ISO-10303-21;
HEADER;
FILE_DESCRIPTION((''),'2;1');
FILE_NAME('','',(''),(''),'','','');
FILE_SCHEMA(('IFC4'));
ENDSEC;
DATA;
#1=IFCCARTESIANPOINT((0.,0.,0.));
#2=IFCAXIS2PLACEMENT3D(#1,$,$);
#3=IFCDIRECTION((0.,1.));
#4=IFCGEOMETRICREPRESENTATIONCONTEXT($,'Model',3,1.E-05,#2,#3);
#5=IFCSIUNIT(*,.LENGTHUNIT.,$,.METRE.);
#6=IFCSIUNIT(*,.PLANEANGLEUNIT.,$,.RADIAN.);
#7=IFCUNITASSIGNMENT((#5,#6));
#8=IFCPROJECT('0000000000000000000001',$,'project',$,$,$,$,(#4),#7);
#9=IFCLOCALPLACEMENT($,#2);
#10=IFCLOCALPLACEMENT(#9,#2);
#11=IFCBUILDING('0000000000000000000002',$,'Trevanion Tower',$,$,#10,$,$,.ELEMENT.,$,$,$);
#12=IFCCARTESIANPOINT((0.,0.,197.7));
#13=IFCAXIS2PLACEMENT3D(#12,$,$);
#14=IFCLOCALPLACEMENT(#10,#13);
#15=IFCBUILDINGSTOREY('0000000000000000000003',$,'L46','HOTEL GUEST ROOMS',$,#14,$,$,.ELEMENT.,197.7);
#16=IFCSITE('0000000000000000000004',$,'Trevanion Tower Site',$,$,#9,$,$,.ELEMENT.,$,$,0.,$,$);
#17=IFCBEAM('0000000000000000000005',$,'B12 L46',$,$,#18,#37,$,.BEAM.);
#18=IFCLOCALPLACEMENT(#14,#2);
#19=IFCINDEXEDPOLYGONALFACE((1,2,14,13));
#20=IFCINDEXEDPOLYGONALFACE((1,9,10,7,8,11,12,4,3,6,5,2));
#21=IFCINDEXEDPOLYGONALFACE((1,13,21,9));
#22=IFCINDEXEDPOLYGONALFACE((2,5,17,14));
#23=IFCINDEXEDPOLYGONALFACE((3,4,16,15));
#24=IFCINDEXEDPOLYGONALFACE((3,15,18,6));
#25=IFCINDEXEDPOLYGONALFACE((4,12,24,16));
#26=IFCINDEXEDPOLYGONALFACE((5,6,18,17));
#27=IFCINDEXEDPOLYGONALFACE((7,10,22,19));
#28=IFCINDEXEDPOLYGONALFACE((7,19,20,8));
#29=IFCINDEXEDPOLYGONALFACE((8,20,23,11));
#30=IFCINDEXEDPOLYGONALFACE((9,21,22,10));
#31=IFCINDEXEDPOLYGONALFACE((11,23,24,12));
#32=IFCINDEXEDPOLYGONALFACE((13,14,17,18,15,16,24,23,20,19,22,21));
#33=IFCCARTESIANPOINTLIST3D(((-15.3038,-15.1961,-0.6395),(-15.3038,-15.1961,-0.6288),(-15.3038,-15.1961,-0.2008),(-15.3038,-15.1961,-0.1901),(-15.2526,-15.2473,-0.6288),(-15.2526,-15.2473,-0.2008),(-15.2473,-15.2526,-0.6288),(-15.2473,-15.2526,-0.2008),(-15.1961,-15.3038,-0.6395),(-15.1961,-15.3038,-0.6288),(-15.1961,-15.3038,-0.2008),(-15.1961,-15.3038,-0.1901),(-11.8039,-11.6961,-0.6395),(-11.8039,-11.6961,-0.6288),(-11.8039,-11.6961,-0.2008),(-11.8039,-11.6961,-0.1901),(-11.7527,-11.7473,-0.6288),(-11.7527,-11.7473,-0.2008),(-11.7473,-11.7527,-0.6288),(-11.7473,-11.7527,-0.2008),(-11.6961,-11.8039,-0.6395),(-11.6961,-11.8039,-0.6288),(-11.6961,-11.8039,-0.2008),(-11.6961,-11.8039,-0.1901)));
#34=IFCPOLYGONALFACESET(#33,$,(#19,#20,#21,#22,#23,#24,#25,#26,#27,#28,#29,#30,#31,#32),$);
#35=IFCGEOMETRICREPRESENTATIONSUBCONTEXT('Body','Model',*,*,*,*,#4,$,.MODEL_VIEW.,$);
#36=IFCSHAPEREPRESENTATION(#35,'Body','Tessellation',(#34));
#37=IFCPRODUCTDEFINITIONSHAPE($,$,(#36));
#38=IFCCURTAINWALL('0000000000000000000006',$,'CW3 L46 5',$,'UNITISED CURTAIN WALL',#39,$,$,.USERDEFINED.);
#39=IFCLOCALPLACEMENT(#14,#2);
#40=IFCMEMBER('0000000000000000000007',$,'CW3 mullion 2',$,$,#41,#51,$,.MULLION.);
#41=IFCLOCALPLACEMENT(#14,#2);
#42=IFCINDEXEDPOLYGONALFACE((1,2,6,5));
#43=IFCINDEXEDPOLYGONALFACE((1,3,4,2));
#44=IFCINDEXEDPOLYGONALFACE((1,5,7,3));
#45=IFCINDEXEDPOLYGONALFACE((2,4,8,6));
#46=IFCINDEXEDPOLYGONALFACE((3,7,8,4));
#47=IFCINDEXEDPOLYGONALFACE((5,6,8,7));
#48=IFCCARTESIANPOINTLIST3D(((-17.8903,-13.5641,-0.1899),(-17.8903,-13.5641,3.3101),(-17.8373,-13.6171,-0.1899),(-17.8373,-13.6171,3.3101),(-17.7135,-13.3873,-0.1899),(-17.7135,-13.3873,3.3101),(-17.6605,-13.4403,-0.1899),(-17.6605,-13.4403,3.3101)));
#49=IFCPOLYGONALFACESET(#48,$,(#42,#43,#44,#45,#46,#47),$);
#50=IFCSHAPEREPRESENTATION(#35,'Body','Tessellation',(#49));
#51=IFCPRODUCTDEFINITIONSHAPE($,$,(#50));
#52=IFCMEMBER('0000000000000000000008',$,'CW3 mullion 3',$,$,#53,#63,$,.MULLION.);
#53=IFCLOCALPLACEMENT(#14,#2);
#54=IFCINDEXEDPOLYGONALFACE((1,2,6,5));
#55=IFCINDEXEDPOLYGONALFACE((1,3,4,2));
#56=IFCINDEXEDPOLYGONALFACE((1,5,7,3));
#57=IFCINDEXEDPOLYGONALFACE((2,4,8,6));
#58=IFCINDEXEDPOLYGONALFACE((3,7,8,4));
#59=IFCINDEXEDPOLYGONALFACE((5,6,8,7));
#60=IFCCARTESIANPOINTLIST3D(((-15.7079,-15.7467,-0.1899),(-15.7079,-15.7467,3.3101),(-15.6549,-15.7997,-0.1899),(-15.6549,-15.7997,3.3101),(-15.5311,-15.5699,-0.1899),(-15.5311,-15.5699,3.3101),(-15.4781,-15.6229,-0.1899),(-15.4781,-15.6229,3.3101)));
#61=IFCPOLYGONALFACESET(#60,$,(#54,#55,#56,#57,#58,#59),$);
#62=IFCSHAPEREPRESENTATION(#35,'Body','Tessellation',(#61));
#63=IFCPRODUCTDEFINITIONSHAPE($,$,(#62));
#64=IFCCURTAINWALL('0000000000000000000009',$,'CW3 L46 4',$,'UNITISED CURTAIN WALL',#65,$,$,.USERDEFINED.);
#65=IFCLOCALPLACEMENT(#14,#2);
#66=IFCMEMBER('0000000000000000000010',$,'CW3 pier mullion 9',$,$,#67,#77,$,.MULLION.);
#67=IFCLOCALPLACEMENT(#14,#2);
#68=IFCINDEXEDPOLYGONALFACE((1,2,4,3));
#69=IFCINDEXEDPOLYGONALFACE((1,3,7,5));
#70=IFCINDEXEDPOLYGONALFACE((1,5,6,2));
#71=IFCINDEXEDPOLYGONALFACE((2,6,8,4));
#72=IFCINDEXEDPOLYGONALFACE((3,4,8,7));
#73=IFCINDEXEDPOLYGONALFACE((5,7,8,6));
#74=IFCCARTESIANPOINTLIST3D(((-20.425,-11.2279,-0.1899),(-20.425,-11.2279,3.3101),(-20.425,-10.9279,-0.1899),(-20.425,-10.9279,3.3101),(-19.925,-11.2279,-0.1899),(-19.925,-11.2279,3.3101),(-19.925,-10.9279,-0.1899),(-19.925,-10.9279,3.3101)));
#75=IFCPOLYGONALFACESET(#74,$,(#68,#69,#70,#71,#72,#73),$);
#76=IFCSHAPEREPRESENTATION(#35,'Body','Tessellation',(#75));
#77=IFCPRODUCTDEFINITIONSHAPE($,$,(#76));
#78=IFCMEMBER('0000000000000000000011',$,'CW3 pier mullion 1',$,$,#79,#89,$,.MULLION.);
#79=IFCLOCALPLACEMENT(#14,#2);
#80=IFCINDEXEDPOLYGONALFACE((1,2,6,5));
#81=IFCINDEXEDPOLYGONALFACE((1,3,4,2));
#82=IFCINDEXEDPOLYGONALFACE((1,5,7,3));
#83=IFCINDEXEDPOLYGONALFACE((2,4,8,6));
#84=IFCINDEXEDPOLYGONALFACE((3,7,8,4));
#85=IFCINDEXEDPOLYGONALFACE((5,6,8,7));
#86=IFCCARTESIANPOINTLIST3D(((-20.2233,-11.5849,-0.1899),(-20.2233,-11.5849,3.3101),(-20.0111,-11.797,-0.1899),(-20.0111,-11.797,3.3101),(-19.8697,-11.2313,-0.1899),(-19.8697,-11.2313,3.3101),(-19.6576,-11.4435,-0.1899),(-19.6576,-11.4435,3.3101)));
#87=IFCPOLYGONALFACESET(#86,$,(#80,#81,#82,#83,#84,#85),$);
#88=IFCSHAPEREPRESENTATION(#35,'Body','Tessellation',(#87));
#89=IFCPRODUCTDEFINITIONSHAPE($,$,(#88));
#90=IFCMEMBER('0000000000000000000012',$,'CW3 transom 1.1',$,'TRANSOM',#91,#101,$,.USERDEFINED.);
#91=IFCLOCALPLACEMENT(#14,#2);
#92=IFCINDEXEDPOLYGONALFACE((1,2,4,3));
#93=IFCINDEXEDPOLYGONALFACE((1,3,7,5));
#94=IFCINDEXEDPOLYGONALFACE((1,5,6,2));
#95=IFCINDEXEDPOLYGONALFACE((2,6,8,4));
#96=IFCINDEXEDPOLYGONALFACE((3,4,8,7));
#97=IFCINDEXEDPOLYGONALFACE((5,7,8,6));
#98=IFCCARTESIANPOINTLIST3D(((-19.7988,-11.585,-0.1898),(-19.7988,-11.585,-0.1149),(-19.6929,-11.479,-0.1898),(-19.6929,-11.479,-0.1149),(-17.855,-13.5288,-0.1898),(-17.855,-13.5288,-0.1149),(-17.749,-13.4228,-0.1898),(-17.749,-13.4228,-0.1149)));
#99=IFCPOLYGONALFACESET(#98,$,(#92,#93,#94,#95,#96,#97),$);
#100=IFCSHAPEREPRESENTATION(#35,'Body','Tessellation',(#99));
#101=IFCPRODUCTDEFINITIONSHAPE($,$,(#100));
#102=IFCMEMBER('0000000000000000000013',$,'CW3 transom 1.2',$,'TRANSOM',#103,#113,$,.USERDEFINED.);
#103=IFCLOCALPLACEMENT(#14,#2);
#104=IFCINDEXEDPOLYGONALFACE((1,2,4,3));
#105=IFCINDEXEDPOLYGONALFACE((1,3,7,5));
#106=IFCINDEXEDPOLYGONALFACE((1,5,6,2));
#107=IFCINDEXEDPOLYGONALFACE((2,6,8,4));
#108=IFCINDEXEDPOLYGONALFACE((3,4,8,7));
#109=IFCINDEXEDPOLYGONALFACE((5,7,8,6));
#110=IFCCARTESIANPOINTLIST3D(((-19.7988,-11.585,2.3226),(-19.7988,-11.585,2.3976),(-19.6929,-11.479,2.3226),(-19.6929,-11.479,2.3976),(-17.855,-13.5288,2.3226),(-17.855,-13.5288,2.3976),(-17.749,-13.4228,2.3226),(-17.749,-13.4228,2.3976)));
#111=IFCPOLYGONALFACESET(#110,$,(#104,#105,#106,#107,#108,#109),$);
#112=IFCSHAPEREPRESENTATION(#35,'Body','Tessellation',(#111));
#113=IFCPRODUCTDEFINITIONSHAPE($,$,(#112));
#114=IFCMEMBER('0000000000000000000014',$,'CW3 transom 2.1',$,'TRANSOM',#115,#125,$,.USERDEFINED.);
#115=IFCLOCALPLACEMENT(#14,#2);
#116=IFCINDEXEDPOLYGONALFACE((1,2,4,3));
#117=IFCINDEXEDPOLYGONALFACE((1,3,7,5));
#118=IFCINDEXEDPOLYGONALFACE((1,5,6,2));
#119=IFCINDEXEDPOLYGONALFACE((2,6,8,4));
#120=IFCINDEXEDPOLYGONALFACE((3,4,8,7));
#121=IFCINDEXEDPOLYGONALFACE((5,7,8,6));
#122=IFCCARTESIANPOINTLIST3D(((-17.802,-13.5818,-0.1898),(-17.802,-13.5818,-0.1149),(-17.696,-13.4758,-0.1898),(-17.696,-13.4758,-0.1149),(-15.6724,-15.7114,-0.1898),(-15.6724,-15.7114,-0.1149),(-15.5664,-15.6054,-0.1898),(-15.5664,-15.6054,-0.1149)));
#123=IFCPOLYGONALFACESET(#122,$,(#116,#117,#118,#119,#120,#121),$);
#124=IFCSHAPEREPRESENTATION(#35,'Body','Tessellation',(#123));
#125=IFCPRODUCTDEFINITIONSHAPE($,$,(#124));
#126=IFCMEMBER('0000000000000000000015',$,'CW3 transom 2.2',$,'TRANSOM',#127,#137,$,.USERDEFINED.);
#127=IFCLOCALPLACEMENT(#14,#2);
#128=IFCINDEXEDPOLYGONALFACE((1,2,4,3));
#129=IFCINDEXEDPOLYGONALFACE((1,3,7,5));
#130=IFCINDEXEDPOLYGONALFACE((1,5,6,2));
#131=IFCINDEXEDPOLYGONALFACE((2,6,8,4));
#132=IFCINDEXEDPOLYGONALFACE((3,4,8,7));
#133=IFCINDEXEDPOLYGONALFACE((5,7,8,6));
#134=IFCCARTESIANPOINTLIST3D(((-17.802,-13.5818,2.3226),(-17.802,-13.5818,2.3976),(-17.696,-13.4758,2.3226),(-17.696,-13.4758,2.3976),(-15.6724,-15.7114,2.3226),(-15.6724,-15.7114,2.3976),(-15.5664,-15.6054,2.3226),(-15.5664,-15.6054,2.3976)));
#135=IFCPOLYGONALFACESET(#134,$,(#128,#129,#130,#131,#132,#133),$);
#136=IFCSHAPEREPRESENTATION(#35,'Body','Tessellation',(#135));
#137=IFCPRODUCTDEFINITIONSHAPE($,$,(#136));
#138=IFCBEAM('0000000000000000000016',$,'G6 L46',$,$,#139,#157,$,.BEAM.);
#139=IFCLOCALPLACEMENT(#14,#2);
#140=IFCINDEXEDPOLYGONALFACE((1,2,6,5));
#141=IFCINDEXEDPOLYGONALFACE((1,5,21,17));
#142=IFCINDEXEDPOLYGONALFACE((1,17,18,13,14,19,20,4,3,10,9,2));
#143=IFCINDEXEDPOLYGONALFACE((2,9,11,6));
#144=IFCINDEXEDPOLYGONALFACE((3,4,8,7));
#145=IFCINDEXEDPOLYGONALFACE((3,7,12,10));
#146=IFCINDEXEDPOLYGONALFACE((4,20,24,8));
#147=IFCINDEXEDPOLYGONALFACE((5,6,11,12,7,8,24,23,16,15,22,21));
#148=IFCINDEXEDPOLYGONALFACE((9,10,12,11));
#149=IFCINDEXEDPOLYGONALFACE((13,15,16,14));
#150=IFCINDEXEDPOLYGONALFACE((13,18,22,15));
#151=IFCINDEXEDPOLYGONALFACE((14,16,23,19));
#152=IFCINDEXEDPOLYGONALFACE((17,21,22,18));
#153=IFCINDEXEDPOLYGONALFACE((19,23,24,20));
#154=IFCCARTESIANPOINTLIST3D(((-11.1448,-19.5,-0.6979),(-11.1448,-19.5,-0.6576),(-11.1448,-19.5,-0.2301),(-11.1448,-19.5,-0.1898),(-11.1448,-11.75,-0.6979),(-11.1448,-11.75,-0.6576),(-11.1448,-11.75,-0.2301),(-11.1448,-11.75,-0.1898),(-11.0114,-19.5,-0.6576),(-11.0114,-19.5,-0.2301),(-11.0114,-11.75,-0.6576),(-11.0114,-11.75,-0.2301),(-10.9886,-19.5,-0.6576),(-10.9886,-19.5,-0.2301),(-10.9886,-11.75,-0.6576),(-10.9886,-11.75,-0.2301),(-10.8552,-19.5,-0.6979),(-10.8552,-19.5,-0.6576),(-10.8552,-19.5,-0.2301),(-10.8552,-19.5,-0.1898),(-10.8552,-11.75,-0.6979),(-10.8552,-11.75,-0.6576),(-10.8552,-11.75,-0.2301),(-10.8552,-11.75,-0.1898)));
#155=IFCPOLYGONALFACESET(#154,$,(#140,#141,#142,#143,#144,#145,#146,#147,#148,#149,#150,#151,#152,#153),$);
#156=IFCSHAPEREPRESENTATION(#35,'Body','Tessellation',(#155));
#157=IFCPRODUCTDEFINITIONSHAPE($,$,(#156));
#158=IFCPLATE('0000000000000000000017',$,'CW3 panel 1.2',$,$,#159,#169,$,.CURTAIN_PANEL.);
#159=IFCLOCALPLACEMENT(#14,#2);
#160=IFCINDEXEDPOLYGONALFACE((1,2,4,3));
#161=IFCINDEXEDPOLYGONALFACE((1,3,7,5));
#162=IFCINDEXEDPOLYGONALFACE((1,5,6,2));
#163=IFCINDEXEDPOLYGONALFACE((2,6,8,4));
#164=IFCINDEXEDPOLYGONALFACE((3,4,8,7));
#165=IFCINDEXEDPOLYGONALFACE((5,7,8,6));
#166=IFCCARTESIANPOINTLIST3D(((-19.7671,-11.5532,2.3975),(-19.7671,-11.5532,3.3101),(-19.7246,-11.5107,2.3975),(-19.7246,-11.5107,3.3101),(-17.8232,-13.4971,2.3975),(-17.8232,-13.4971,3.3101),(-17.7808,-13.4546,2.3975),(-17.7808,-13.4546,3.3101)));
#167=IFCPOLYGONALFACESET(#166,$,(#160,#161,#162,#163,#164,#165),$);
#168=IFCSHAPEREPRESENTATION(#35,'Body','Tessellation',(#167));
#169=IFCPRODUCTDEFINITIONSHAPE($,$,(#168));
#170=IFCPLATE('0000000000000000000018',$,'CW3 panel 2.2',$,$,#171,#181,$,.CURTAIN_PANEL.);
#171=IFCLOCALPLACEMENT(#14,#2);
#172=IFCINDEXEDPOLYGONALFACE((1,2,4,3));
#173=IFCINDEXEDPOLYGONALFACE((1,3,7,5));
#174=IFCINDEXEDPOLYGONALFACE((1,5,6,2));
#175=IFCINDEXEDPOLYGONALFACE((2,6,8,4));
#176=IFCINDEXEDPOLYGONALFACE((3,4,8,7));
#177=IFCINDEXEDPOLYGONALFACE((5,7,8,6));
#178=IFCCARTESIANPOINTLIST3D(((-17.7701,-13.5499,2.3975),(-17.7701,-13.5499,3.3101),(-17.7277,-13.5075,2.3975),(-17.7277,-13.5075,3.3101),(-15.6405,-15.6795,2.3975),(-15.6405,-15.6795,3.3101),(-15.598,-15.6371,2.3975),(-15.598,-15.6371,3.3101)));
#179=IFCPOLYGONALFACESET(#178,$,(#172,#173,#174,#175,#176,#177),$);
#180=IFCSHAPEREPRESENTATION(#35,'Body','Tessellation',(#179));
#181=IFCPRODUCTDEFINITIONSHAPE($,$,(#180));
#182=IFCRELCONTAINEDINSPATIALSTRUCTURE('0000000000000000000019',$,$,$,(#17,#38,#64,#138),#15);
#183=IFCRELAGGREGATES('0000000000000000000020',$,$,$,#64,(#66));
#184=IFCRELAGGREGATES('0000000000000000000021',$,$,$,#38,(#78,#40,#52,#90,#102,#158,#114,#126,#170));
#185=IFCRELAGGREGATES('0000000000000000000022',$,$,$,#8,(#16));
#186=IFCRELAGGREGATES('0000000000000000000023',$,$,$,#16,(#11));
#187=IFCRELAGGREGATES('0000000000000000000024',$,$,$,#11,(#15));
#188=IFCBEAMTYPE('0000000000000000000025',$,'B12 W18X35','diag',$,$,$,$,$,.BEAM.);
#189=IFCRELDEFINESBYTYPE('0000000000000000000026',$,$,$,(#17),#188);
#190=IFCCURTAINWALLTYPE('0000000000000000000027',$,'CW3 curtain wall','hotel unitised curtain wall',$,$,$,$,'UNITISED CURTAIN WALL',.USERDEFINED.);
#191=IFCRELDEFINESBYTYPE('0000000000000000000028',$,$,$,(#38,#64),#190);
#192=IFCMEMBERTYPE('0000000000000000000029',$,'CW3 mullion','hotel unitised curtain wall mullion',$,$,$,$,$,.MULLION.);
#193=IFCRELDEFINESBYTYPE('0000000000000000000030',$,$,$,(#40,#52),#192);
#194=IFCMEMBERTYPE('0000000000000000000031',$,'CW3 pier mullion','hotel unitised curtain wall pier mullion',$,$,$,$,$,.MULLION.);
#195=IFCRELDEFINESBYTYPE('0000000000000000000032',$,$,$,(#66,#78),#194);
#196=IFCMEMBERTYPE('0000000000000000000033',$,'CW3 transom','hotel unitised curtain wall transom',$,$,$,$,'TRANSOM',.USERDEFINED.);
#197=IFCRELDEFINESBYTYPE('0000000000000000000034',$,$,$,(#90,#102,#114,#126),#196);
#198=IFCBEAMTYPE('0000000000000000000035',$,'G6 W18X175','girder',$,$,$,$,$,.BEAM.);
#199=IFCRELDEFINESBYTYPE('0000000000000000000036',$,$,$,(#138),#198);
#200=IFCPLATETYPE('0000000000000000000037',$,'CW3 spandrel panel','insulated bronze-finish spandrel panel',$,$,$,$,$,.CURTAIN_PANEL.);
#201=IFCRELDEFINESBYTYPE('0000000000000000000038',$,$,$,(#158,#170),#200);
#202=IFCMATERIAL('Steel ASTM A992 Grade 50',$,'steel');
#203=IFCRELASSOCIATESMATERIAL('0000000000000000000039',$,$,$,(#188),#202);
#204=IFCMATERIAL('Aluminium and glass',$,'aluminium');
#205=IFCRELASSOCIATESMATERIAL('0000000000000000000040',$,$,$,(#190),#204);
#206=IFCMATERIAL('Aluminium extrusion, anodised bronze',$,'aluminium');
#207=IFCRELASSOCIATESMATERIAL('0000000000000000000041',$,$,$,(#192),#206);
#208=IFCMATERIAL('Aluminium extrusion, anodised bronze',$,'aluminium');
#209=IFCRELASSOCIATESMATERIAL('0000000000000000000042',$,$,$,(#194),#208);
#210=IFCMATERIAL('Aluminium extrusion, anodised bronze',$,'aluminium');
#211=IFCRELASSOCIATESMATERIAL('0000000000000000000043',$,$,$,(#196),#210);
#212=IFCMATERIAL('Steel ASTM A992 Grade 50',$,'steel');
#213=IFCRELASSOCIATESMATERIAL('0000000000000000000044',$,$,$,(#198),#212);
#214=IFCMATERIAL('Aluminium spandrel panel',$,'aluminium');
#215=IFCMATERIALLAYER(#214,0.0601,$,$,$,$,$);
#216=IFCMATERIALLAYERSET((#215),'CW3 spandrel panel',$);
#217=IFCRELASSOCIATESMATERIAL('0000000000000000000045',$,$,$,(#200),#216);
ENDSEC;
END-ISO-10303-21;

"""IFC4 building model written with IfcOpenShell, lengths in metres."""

from ifc_helpers import new_model, si_unit, direction, frame, origin, origin_2d, place, context, subcontext, project, spatial, rectangle, i_section, extrude, material, layer, layer_set, material_profile, profile_set, type_object, element, aggregate, save


model = new_model("IFC4")

# Units and contexts
model_context = context("Model", 3, precision=1e-05, world=origin(), true_north=direction((0.0, 1.0)))
body_context = subcontext(model_context, "Body", "Model", "MODEL_VIEW")
ifc_project = project(units=[si_unit("LENGTHUNIT", "METRE"), si_unit("PLANEANGLEUNIT", "RADIAN")], contexts=[model_context])

# Site, building, storey
site_placement = place(None, origin())
site = spatial("IfcSite", under=ifc_project, at=site_placement, Name="Trevanion Tower Site", CompositionType="ELEMENT", RefElevation=0.0)
building_placement = place(site_placement, origin())
building = spatial("IfcBuilding", under=site, at=building_placement, Name="Trevanion Tower", CompositionType="ELEMENT")
storey_placement = place(building_placement, frame((0.0, 0.0, 197.7)))
storey = spatial("IfcBuildingStorey", under=building, at=storey_placement, Name="L46", Description="HOTEL GUEST ROOMS", CompositionType="ELEMENT", Elevation=197.7)

# Beam
ifc_material_1 = material(Name="Steel ASTM A992 Grade 50", Category="steel")
ifc_material_profile_1 = material_profile(ifc_material_1, i_section(OverallWidth=0.1523, OverallDepth=0.4495, WebThickness=0.0076, FlangeThickness=0.0107, at=origin_2d()), Name="W18X35")
ifc_profile_set_1 = profile_set([ifc_material_profile_1], Name="Steel ASTM A992 Grade 50")
beam_type_1 = type_object("IfcBeamType", Name="B12 W18X35", Description="diag", PredefinedType="BEAM", material=ifc_profile_set_1)
beam_1_placement = place(storey_placement, frame((-11.75, -11.75, -0.4148), z_axis=(-0.707107, -0.707107, 0.0), x_axis=(0.707107, -0.707107, 0.0)))
element("IfcBeam", 1, at=beam_1_placement, inside=storey, type_object=beam_type_1, Name="B12 L46", PredefinedType="BEAM", context=body_context, shape_type="SweptSolid", body=[
    extrude(i_section(OverallWidth=0.1523, OverallDepth=0.4495, WebThickness=0.0076, FlangeThickness=0.0107, at=origin_2d()), origin(), (0.0, 0.0, 1.0), 4.9497),
])

# Curtain wall, members
ifc_material_2 = material(Name="Aluminium and glass", Category="aluminium")
curtain_wall_type = type_object("IfcCurtainWallType", Name="CW3 curtain wall", Description="hotel unitised curtain wall", ElementType="UNITISED CURTAIN WALL", PredefinedType="USERDEFINED", material=ifc_material_2)
curtain_wall_1_placement = place(storey_placement, origin())
curtain_wall_1 = element("IfcCurtainWall", 2, at=curtain_wall_1_placement, inside=storey, type_object=curtain_wall_type, Name="CW3 L46 5", ObjectType="UNITISED CURTAIN WALL", PredefinedType="USERDEFINED")
ifc_material_3 = material(Name="Aluminium extrusion, anodised bronze", Category="aluminium")
ifc_material_profile_2 = material_profile(ifc_material_3, rectangle(XDim=0.075, YDim=0.25, at=origin_2d()), Name="CW3 mullion")
ifc_profile_set_2 = profile_set([ifc_material_profile_2], Name="Aluminium extrusion, anodised bronze")
member_type_1 = type_object("IfcMemberType", Name="CW3 mullion", Description="hotel unitised curtain wall mullion", PredefinedType="MULLION", material=ifc_profile_set_2)
member_1_placement = place(storey_placement, frame((-17.7754, -13.5022, -0.1899), z_axis=(0.0, 0.0, 1.0), x_axis=(0.707107, -0.707107, 0.0)))
member_1 = element("IfcMember", 3, at=member_1_placement, type_object=member_type_1, Name="CW3 mullion 2", PredefinedType="MULLION", context=body_context, shape_type="SweptSolid", body=[
    extrude(rectangle(XDim=0.075, YDim=0.25, at=origin_2d()), origin(), (0.0, 0.0, 1.0), 3.5),
])
member_2_placement = place(storey_placement, frame((-15.593, -15.6848, -0.1899), z_axis=(0.0, 0.0, 1.0), x_axis=(0.707107, -0.707107, 0.0)))
member_2 = element("IfcMember", 4, at=member_2_placement, type_object=member_type_1, Name="CW3 mullion 3", PredefinedType="MULLION", context=body_context, shape_type="SweptSolid", body=[
    extrude(rectangle(XDim=0.075, YDim=0.25, at=origin_2d()), origin(), (0.0, 0.0, 1.0), 3.5),
])

# Curtain wall, member
curtain_wall_2_placement = place(storey_placement, origin())
curtain_wall_2 = element("IfcCurtainWall", 5, at=curtain_wall_2_placement, inside=storey, type_object=curtain_wall_type, Name="CW3 L46 4", ObjectType="UNITISED CURTAIN WALL", PredefinedType="USERDEFINED")
ifc_material_4 = material(Name="Aluminium extrusion, anodised bronze", Category="aluminium")
ifc_material_profile_3 = material_profile(ifc_material_4, rectangle(XDim=0.3, YDim=0.5, at=origin_2d()), Name="CW3 pier mullion")
ifc_profile_set_3 = profile_set([ifc_material_profile_3], Name="Aluminium extrusion, anodised bronze")
member_type_2 = type_object("IfcMemberType", Name="CW3 pier mullion", Description="hotel unitised curtain wall pier mullion", PredefinedType="MULLION", material=ifc_profile_set_3)
member_3_placement = place(storey_placement, frame((-20.175, -11.0779, -0.1899), z_axis=(0.0, 0.0, 1.0), x_axis=(0.0, -1.0, 0.0)))
member_3 = element("IfcMember", 6, at=member_3_placement, type_object=member_type_2, Name="CW3 pier mullion 9", PredefinedType="MULLION", context=body_context, shape_type="SweptSolid", body=[
    extrude(rectangle(XDim=0.3, YDim=0.5, at=origin_2d()), origin(), (0.0, 0.0, 1.0), 3.5),
])
aggregate(curtain_wall_2, [member_3])

# Members
member_4_placement = place(storey_placement, frame((-19.9404, -11.5142, -0.1899), z_axis=(0.0, 0.0, 1.0), x_axis=(0.707107, -0.707107, 0.0)))
member_4 = element("IfcMember", 7, at=member_4_placement, type_object=member_type_2, Name="CW3 pier mullion 1", PredefinedType="MULLION", context=body_context, shape_type="SweptSolid", body=[
    extrude(rectangle(XDim=0.3, YDim=0.5, at=origin_2d()), origin(), (0.0, 0.0, 1.0), 3.5),
])
ifc_material_5 = material(Name="Aluminium extrusion, anodised bronze", Category="aluminium")
ifc_material_profile_4 = material_profile(ifc_material_5, rectangle(XDim=0.1499, YDim=0.075, at=origin_2d()), Name="CW3 transom")
ifc_profile_set_4 = profile_set([ifc_material_profile_4], Name="Aluminium extrusion, anodised bronze")
member_type_3 = type_object("IfcMemberType", Name="CW3 transom", Description="hotel unitised curtain wall transom", ElementType="TRANSOM", PredefinedType="USERDEFINED", material=ifc_profile_set_4)
member_5_placement = place(storey_placement, frame((-19.7458, -11.532, -0.1523), z_axis=(0.707107, -0.707107, 0.0), x_axis=(0.707107, 0.707107, 0.0)))
member_5 = element("IfcMember", 8, at=member_5_placement, type_object=member_type_3, Name="CW3 transom 1.1", ObjectType="TRANSOM", PredefinedType="USERDEFINED", context=body_context, shape_type="SweptSolid", body=[
    extrude(rectangle(XDim=0.1499, YDim=0.075, at=origin_2d()), origin(), (0.0, 0.0, 1.0), 2.749),
])
member_6_placement = place(storey_placement, frame((-19.7458, -11.532, 2.3601), z_axis=(0.707107, -0.707107, 0.0), x_axis=(0.707107, 0.707107, 0.0)))
member_6 = element("IfcMember", 9, at=member_6_placement, type_object=member_type_3, Name="CW3 transom 1.2", ObjectType="TRANSOM", PredefinedType="USERDEFINED", context=body_context, shape_type="SweptSolid", body=[
    extrude(rectangle(XDim=0.1499, YDim=0.075, at=origin_2d()), origin(), (0.0, 0.0, 1.0), 2.749),
])
member_7_placement = place(storey_placement, frame((-17.749, -13.5288, -0.1523), z_axis=(0.707107, -0.707107, 0.0), x_axis=(0.707107, 0.707107, 0.0)))
member_7 = element("IfcMember", 10, at=member_7_placement, type_object=member_type_3, Name="CW3 transom 2.1", ObjectType="TRANSOM", PredefinedType="USERDEFINED", context=body_context, shape_type="SweptSolid", body=[
    extrude(rectangle(XDim=0.1499, YDim=0.075, at=origin_2d()), origin(), (0.0, 0.0, 1.0), 3.0117),
])
member_8_placement = place(storey_placement, frame((-17.749, -13.5288, 2.3601), z_axis=(0.707107, -0.707107, 0.0), x_axis=(0.707107, 0.707107, 0.0)))
member_8 = element("IfcMember", 11, at=member_8_placement, type_object=member_type_3, Name="CW3 transom 2.2", ObjectType="TRANSOM", PredefinedType="USERDEFINED", context=body_context, shape_type="SweptSolid", body=[
    extrude(rectangle(XDim=0.1499, YDim=0.075, at=origin_2d()), origin(), (0.0, 0.0, 1.0), 3.0117),
])

# Beam
ifc_material_6 = material(Name="Steel ASTM A992 Grade 50", Category="steel")
ifc_material_profile_5 = material_profile(ifc_material_6, i_section(OverallWidth=0.2896, OverallDepth=0.5081, WebThickness=0.0227, FlangeThickness=0.0403, at=origin_2d()), Name="W18X175")
ifc_profile_set_5 = profile_set([ifc_material_profile_5], Name="Steel ASTM A992 Grade 50")
beam_type_2 = type_object("IfcBeamType", Name="G6 W18X175", Description="girder", PredefinedType="BEAM", material=ifc_profile_set_5)
beam_2_placement = place(storey_placement, frame((-11.0, -11.75, -0.4438), z_axis=(0.0, -1.0, 0.0), x_axis=(1.0, 0.0, 0.0)))
element("IfcBeam", 12, at=beam_2_placement, inside=storey, type_object=beam_type_2, Name="G6 L46", PredefinedType="BEAM", context=body_context, shape_type="SweptSolid", body=[
    extrude(i_section(OverallWidth=0.2896, OverallDepth=0.5081, WebThickness=0.0227, FlangeThickness=0.0403, at=origin_2d()), origin(), (0.0, 0.0, 1.0), 7.75),
])

# Plates
ifc_material_7 = material(Name="Aluminium spandrel panel", Category="aluminium")
ifc_layer_1 = layer(ifc_material_7, 0.0601)
ifc_layer_set_1 = layer_set([ifc_layer_1], Name="CW3 spandrel panel")
plate_type_1 = type_object("IfcPlateType", Name="CW3 spandrel panel", Description="insulated bronze-finish spandrel panel", PredefinedType="CURTAIN_PANEL", material=ifc_layer_set_1)
plate_1_placement = place(storey_placement, frame((-18.7739, -12.5039, 2.3975), z_axis=(0.0, 0.0, 1.0), x_axis=(0.707107, -0.707107, 0.0)))
plate_1 = element("IfcPlate", 13, at=plate_1_placement, type_object=plate_type_1, Name="CW3 panel 1.2", PredefinedType="CURTAIN_PANEL", context=body_context, shape_type="SweptSolid", body=[
    extrude(rectangle(XDim=2.749, YDim=0.0601, at=origin_2d()), origin(), (0.0, 0.0, 1.0), 0.9126),
])
plate_2_placement = place(storey_placement, frame((-16.6841, -14.5935, 2.3975), z_axis=(0.0, 0.0, 1.0), x_axis=(0.707107, -0.707107, 0.0)))
plate_2 = element("IfcPlate", 14, at=plate_2_placement, type_object=plate_type_1, Name="CW3 panel 2.2", PredefinedType="CURTAIN_PANEL", context=body_context, shape_type="SweptSolid", body=[
    extrude(rectangle(XDim=3.0117, YDim=0.0601, at=origin_2d()), origin(), (0.0, 0.0, 1.0), 0.9126),
])
aggregate(curtain_wall_1, [member_4, member_1, member_2, member_5, member_6, plate_1, member_7, member_8, plate_2])

save(model, "model.ifc")
